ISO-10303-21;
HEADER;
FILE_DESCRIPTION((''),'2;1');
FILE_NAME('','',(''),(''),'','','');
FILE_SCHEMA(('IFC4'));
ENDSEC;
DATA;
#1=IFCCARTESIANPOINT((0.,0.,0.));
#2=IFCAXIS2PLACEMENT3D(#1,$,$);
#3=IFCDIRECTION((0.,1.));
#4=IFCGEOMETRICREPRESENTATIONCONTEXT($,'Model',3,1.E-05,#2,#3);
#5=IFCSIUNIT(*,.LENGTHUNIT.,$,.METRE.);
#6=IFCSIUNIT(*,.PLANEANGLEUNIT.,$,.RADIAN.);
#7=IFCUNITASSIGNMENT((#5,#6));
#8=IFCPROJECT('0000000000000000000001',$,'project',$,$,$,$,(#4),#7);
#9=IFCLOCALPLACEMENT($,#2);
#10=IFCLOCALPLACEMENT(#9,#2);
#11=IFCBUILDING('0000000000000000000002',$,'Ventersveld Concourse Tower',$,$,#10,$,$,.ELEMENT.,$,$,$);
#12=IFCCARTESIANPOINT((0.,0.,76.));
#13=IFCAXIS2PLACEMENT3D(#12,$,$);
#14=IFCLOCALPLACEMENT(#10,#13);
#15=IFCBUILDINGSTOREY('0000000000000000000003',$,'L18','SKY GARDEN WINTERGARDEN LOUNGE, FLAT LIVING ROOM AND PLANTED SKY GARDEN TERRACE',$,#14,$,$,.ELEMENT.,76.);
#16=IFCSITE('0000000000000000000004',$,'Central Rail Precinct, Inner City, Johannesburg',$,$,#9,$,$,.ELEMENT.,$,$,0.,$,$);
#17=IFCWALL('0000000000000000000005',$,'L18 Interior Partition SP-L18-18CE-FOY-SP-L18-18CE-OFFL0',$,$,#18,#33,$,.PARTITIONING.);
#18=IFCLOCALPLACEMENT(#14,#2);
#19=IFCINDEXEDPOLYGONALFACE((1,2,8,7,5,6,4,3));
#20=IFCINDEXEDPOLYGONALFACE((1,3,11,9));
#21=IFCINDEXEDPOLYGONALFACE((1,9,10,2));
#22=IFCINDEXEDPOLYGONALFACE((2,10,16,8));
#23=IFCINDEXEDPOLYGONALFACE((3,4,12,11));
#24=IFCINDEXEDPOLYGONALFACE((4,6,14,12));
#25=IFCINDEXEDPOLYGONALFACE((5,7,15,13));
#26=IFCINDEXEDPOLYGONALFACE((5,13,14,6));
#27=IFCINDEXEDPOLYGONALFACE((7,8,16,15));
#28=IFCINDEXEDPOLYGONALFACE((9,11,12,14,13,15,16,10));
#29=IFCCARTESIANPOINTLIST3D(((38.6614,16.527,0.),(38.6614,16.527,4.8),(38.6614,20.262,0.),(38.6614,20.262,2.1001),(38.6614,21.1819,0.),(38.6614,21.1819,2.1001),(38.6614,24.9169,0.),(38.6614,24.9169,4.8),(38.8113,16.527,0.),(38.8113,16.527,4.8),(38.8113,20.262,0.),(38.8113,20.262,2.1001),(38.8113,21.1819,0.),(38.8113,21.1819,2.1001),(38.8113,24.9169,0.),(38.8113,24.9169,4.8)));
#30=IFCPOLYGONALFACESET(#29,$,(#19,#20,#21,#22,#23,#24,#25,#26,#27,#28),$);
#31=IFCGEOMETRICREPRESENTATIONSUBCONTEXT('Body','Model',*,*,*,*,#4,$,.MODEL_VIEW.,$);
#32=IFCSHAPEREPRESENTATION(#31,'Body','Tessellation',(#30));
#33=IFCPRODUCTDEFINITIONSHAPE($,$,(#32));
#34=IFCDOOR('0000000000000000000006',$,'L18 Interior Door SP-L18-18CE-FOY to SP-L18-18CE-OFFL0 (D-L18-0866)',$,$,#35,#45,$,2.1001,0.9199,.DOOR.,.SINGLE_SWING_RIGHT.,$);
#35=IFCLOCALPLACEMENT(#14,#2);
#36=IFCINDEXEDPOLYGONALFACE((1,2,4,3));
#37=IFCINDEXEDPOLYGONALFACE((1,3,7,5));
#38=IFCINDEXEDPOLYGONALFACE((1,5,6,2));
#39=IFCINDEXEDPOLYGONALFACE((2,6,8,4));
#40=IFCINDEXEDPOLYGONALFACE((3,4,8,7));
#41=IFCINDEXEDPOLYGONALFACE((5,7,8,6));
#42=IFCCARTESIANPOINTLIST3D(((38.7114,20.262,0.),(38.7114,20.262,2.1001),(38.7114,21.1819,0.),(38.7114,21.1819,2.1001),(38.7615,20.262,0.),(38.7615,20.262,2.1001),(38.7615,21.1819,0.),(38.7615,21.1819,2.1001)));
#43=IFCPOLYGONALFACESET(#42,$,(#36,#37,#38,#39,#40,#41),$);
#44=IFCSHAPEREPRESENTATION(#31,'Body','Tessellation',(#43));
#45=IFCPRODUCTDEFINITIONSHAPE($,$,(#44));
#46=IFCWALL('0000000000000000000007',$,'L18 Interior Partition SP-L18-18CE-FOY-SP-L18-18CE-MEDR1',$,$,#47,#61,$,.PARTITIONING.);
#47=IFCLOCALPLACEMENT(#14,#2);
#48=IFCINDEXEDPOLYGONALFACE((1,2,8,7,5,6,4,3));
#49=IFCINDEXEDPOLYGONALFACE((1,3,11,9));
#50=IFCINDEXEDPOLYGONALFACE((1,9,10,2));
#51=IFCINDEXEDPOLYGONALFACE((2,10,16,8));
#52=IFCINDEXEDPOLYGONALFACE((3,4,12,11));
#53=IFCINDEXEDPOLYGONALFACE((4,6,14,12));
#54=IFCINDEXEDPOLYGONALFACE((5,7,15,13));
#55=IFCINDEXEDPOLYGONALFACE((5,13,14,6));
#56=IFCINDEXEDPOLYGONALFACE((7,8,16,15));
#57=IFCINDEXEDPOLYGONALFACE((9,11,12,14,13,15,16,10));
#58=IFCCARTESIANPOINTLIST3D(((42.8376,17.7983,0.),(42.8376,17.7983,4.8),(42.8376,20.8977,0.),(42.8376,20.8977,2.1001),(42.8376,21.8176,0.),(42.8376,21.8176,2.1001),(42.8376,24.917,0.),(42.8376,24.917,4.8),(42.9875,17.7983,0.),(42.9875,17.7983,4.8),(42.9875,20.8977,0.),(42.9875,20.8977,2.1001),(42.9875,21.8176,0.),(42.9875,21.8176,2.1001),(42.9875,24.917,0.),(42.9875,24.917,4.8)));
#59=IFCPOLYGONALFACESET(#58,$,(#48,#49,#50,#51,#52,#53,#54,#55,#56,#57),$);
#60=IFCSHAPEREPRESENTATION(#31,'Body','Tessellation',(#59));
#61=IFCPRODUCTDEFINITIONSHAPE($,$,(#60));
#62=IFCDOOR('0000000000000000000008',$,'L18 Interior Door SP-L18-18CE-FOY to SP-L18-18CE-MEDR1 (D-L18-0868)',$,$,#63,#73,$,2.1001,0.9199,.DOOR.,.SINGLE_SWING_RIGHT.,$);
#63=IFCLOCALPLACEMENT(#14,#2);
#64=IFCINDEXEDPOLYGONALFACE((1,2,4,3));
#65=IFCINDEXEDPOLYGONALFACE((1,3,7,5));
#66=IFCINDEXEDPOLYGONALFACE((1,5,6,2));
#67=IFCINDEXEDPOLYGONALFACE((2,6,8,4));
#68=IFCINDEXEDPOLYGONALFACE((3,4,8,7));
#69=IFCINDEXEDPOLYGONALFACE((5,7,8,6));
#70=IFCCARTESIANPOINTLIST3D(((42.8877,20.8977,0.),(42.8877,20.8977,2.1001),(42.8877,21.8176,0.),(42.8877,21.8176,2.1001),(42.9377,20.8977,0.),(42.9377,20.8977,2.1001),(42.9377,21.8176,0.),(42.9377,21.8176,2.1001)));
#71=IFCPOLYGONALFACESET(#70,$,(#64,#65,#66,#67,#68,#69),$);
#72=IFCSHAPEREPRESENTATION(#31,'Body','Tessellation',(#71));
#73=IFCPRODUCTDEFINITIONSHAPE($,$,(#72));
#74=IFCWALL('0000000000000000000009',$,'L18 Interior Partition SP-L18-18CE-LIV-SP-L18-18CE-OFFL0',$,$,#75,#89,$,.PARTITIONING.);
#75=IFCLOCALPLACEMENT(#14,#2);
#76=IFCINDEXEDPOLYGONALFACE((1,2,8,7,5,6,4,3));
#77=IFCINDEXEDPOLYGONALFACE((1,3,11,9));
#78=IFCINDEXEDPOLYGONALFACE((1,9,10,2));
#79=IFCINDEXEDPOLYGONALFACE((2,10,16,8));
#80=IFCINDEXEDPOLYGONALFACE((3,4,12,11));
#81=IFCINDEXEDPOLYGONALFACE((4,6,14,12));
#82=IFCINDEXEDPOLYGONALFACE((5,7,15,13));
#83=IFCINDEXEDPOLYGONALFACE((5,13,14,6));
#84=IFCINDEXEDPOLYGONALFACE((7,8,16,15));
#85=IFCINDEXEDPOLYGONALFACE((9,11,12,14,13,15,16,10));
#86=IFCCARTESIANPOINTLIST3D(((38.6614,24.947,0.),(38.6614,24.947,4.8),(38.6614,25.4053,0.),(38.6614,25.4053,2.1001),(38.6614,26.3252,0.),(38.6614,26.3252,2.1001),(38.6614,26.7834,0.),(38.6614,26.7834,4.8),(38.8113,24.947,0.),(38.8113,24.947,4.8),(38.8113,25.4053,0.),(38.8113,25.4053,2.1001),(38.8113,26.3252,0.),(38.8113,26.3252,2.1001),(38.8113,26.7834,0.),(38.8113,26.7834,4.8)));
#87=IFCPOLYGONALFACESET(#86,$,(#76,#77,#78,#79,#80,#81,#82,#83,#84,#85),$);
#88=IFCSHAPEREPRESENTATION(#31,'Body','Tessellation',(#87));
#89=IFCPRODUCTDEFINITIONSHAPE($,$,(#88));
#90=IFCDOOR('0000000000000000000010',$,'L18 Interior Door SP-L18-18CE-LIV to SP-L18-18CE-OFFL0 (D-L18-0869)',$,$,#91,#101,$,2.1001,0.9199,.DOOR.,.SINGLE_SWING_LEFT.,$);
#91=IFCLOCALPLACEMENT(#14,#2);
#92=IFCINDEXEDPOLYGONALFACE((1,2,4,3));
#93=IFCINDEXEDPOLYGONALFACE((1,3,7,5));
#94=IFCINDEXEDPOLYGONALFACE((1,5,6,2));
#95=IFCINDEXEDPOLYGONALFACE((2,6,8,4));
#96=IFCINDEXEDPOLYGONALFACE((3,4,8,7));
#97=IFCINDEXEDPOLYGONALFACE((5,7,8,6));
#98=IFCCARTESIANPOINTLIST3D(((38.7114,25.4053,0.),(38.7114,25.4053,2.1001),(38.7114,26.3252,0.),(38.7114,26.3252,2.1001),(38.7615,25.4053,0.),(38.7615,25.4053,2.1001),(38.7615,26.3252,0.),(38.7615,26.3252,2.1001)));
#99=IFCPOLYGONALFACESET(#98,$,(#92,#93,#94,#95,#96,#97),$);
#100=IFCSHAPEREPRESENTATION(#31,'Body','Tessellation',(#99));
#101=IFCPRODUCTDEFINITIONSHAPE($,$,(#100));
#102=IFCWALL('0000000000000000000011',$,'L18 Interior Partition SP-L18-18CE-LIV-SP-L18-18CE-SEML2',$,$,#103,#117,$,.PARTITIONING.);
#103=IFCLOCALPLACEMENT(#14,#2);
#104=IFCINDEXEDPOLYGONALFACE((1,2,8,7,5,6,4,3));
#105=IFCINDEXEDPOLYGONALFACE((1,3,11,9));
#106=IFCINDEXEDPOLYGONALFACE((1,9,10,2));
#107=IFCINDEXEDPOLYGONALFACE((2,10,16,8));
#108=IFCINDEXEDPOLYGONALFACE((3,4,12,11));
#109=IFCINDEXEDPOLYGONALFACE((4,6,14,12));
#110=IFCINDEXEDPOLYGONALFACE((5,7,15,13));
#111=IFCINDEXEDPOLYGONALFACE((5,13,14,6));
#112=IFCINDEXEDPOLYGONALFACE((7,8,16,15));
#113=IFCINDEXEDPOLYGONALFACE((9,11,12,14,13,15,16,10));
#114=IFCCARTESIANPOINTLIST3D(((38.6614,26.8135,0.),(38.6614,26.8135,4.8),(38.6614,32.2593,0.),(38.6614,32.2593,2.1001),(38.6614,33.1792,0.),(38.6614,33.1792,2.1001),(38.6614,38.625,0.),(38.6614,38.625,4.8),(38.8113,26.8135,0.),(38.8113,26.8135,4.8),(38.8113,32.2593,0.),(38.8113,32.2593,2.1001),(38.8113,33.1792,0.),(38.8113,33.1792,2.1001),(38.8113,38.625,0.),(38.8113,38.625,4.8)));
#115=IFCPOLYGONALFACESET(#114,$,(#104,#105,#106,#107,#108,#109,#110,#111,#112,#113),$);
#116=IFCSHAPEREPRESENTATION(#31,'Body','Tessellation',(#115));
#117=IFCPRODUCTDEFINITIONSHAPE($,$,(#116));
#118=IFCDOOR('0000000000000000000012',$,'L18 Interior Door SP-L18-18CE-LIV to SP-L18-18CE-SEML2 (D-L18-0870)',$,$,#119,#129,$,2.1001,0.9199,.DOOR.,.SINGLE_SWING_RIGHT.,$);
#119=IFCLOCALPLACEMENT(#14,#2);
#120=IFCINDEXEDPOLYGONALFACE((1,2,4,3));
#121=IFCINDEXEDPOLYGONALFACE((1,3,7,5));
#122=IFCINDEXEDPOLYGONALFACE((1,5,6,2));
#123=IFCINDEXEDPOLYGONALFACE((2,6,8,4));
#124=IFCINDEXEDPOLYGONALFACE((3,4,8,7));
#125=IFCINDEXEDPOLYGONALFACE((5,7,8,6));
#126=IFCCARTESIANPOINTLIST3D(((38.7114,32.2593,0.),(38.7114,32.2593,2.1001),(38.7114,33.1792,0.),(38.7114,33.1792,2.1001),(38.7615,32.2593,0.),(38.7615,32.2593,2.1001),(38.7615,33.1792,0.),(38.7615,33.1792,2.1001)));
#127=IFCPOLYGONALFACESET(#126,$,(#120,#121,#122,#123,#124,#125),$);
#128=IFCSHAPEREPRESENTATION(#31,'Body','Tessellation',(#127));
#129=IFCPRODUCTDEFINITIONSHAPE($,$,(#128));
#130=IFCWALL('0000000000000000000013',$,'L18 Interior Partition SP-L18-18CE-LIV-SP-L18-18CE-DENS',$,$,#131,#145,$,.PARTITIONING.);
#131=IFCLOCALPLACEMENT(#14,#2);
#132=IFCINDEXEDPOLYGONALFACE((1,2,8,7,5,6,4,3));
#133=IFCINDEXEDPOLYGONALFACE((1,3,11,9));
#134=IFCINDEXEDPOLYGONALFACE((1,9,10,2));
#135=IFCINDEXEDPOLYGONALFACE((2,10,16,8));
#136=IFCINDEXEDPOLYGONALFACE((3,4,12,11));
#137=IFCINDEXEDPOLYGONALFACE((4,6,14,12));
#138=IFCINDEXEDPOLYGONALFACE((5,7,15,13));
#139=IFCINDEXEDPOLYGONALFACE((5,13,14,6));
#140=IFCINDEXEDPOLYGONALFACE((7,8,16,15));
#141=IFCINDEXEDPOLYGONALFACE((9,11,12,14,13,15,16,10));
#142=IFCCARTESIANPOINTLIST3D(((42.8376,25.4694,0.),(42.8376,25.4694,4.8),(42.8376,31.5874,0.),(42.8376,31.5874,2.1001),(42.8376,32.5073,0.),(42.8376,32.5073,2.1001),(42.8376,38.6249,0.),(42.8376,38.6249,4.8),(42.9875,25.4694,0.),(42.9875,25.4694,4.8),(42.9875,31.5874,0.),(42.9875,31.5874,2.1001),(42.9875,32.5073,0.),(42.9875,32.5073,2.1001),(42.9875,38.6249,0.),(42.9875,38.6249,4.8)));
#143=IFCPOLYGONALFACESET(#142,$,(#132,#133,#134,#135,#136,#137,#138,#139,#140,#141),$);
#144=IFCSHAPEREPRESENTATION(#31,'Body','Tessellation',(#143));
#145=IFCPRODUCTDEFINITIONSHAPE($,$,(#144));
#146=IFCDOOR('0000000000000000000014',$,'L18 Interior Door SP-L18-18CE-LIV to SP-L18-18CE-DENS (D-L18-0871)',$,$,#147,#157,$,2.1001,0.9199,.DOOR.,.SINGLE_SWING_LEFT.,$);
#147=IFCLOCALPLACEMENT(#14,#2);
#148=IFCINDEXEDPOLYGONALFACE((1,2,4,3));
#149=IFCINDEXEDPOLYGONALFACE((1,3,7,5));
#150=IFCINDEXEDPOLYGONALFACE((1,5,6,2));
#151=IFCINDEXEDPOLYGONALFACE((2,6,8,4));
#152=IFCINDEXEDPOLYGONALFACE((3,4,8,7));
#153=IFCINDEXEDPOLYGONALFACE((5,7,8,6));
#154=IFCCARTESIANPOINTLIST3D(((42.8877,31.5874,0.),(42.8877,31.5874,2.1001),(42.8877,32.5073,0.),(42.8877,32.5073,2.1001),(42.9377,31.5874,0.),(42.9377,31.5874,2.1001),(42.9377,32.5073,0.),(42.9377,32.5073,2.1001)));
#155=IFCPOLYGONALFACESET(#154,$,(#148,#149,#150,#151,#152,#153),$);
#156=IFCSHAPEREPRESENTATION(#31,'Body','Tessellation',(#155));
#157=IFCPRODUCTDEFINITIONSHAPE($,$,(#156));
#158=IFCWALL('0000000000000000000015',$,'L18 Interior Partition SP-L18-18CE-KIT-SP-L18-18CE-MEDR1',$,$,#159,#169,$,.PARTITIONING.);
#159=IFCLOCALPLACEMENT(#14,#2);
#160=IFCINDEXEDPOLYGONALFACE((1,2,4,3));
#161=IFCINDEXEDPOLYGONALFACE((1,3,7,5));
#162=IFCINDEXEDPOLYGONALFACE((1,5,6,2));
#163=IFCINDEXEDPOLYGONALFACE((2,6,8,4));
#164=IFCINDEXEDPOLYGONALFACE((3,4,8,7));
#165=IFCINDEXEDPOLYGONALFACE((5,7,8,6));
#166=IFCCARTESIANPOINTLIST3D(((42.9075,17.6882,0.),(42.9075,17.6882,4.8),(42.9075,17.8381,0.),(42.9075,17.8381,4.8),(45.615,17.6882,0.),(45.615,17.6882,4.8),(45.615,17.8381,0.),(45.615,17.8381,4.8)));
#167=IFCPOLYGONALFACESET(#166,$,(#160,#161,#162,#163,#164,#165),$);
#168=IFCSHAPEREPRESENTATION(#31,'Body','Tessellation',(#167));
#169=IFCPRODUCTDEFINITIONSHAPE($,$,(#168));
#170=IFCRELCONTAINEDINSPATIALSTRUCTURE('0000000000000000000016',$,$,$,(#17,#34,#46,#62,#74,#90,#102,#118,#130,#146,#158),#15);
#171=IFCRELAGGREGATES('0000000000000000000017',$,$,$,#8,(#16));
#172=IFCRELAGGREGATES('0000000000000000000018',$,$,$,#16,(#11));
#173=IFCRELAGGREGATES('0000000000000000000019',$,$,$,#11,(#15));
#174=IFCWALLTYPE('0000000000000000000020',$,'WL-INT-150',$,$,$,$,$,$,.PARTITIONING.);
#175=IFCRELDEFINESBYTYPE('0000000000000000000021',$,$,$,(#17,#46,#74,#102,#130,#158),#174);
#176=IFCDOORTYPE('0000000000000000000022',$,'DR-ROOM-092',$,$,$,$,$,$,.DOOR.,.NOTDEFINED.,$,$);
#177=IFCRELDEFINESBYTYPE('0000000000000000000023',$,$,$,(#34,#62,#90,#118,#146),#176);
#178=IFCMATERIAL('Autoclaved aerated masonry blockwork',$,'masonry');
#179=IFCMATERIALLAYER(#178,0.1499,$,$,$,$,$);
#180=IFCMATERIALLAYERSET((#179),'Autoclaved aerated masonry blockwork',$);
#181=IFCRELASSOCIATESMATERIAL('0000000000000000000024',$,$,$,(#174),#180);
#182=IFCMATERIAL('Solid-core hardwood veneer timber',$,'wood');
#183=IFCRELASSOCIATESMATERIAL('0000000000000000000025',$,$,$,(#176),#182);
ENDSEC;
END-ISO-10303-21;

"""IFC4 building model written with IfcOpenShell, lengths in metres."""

from ifc_helpers import new_model, si_unit, direction, frame, frame_2d, origin, place, context, subcontext, project, spatial, rectangle, extrude, material, layer, layer_set, type_object, element, fill, save


model = new_model("IFC4")

# Units and contexts
model_context = context("Model", 3, precision=1e-05, world=origin(), true_north=direction((0.0, 1.0)))
body_context = subcontext(model_context, "Body", "Model", "MODEL_VIEW")
ifc_project = project(units=[si_unit("LENGTHUNIT", "METRE"), si_unit("PLANEANGLEUNIT", "RADIAN")], contexts=[model_context])

# Site, building, storey
site_placement = place(None, origin())
site = spatial("IfcSite", under=ifc_project, at=site_placement, Name="Central Rail Precinct, Inner City, Johannesburg", CompositionType="ELEMENT", RefElevation=0.0)
building_placement = place(site_placement, origin())
building = spatial("IfcBuilding", under=site, at=building_placement, Name="Ventersveld Concourse Tower", CompositionType="ELEMENT")
storey_placement = place(building_placement, frame((0.0, 0.0, 76.0)))
storey = spatial("IfcBuildingStorey", under=building, at=storey_placement, Name="L18", Description="SKY GARDEN WINTERGARDEN LOUNGE, FLAT LIVING ROOM AND PLANTED SKY GARDEN TERRACE", CompositionType="ELEMENT", Elevation=76.0)

# Walls, openings, doors
ifc_material_1 = material(Name="Autoclaved aerated masonry blockwork", Category="masonry")
ifc_layer_1 = layer(ifc_material_1, 0.1499)
ifc_layer_set_1 = layer_set([ifc_layer_1], Name="Autoclaved aerated masonry blockwork")
wall_type_1 = type_object("IfcWallType", Name="WL-INT-150", PredefinedType="PARTITIONING", material=ifc_layer_set_1)
ifc_material_2 = material(Name="Solid-core hardwood veneer timber", Category="wood")
door_type = type_object("IfcDoorType", Name="DR-ROOM-092", OperationType="NOTDEFINED", PredefinedType="DOOR", material=ifc_material_2)
wall_1_placement = place(storey_placement, frame((38.7363, 16.5271, 0.0), z_axis=(0.0, 0.0, 1.0), x_axis=(0.0, 1.0, 0.0)))
wall_1 = element("IfcWall", 1, at=wall_1_placement, inside=storey, type_object=wall_type_1, Name="L18 Interior Partition SP-L18-18CE-FOY-SP-L18-18CE-OFFL0", PredefinedType="PARTITIONING", context=body_context, shape_type="SweptSolid", body=[
    extrude(rectangle(XDim=8.3899, YDim=0.1499, at=frame_2d((4.1948, 0.0))), origin(), (0.0, 0.0, 1.0), 4.8),
])
opening_1_placement = place(wall_1_placement, frame((3.7349, 0.0, 0.0)))
opening_1 = element("IfcOpeningElement", 2, at=opening_1_placement, cuts=wall_1, PredefinedType="OPENING", context=body_context, shape_type="SweptSolid", body=[
    extrude(rectangle(XDim=0.9199, YDim=2.1001, at=frame_2d((0.46, 1.05))), frame((0.0, 0.085, 0.0), z_axis=(0.0, -1.0, 0.0), x_axis=(1.0, 0.0, 0.0)), (0.0, 0.0, 1.0), 0.1699),
])
door_1_placement = place(opening_1_placement, origin())
door_1 = element("IfcDoor", 3, at=door_1_placement, inside=storey, type_object=door_type, Name="L18 Interior Door SP-L18-18CE-FOY to SP-L18-18CE-OFFL0 (D-L18-0866)", OperationType="SINGLE_SWING_RIGHT", OverallHeight=2.1001, OverallWidth=0.9199, PredefinedType="DOOR", context=body_context, shape_type="SweptSolid", body=[
    extrude(rectangle(XDim=0.9199, YDim=2.1001, at=frame_2d((0.46, 1.05))), frame((0.0, 0.0249, 0.0), z_axis=(0.0, -1.0, 0.0), x_axis=(1.0, 0.0, 0.0)), (0.0, 0.0, 1.0), 0.05),
])
fill(opening_1, door_1)
wall_2_placement = place(storey_placement, frame((42.9126, 17.7983, 0.0), z_axis=(0.0, 0.0, 1.0), x_axis=(0.0, 1.0, 0.0)))
wall_2 = element("IfcWall", 4, at=wall_2_placement, inside=storey, type_object=wall_type_1, Name="L18 Interior Partition SP-L18-18CE-FOY-SP-L18-18CE-MEDR1", PredefinedType="PARTITIONING", context=body_context, shape_type="SweptSolid", body=[
    extrude(rectangle(XDim=7.1187, YDim=0.1499, at=frame_2d((3.5593, 0.0))), origin(), (0.0, 0.0, 1.0), 4.8),
])
opening_2_placement = place(wall_2_placement, frame((3.0994, 0.0, 0.0)))
opening_2 = element("IfcOpeningElement", 5, at=opening_2_placement, cuts=wall_2, PredefinedType="OPENING", context=body_context, shape_type="SweptSolid", body=[
    extrude(rectangle(XDim=0.9199, YDim=2.1001, at=frame_2d((0.46, 1.05))), frame((0.0, 0.085, 0.0), z_axis=(0.0, -1.0, 0.0), x_axis=(1.0, 0.0, 0.0)), (0.0, 0.0, 1.0), 0.1699),
])
door_2_placement = place(opening_2_placement, origin())
door_2 = element("IfcDoor", 6, at=door_2_placement, inside=storey, type_object=door_type, Name="L18 Interior Door SP-L18-18CE-FOY to SP-L18-18CE-MEDR1 (D-L18-0868)", OperationType="SINGLE_SWING_RIGHT", OverallHeight=2.1001, OverallWidth=0.9199, PredefinedType="DOOR", context=body_context, shape_type="SweptSolid", body=[
    extrude(rectangle(XDim=0.9199, YDim=2.1001, at=frame_2d((0.46, 1.05))), frame((0.0, 0.0249, 0.0), z_axis=(0.0, -1.0, 0.0), x_axis=(1.0, 0.0, 0.0)), (0.0, 0.0, 1.0), 0.05),
])
fill(opening_2, door_2)
wall_3_placement = place(storey_placement, frame((38.7363, 24.947, 0.0), z_axis=(0.0, 0.0, 1.0), x_axis=(0.0, 1.0, 0.0)))
wall_3 = element("IfcWall", 7, at=wall_3_placement, inside=storey, type_object=wall_type_1, Name="L18 Interior Partition SP-L18-18CE-LIV-SP-L18-18CE-OFFL0", PredefinedType="PARTITIONING", context=body_context, shape_type="SweptSolid", body=[
    extrude(rectangle(XDim=1.8364, YDim=0.1499, at=frame_2d((0.9182, 0.0))), origin(), (0.0, 0.0, 1.0), 4.8),
])
opening_3_placement = place(wall_3_placement, frame((0.4583, 0.0, 0.0)))
opening_3 = element("IfcOpeningElement", 8, at=opening_3_placement, cuts=wall_3, PredefinedType="OPENING", context=body_context, shape_type="SweptSolid", body=[
    extrude(rectangle(XDim=0.9199, YDim=2.1001, at=frame_2d((0.46, 1.05))), frame((0.0, 0.085, 0.0), z_axis=(0.0, -1.0, 0.0), x_axis=(1.0, 0.0, 0.0)), (0.0, 0.0, 1.0), 0.1699),
])
door_3_placement = place(opening_3_placement, origin())
door_3 = element("IfcDoor", 9, at=door_3_placement, inside=storey, type_object=door_type, Name="L18 Interior Door SP-L18-18CE-LIV to SP-L18-18CE-OFFL0 (D-L18-0869)", OperationType="SINGLE_SWING_LEFT", OverallHeight=2.1001, OverallWidth=0.9199, PredefinedType="DOOR", context=body_context, shape_type="SweptSolid", body=[
    extrude(rectangle(XDim=0.9199, YDim=2.1001, at=frame_2d((0.46, 1.05))), frame((0.0, 0.0249, 0.0), z_axis=(0.0, -1.0, 0.0), x_axis=(1.0, 0.0, 0.0)), (0.0, 0.0, 1.0), 0.05),
])
fill(opening_3, door_3)
wall_4_placement = place(storey_placement, frame((38.7363, 26.8135, 0.0), z_axis=(0.0, 0.0, 1.0), x_axis=(0.0, 1.0, 0.0)))
wall_4 = element("IfcWall", 10, at=wall_4_placement, inside=storey, type_object=wall_type_1, Name="L18 Interior Partition SP-L18-18CE-LIV-SP-L18-18CE-SEML2", PredefinedType="PARTITIONING", context=body_context, shape_type="SweptSolid", body=[
    extrude(rectangle(XDim=11.8115, YDim=0.1499, at=frame_2d((5.9058, 0.0))), origin(), (0.0, 0.0, 1.0), 4.8),
])
opening_4_placement = place(wall_4_placement, frame((5.4458, 0.0, 0.0)))
opening_4 = element("IfcOpeningElement", 11, at=opening_4_placement, cuts=wall_4, PredefinedType="OPENING", context=body_context, shape_type="SweptSolid", body=[
    extrude(rectangle(XDim=0.9199, YDim=2.1001, at=frame_2d((0.46, 1.05))), frame((0.0, 0.085, 0.0), z_axis=(0.0, -1.0, 0.0), x_axis=(1.0, 0.0, 0.0)), (0.0, 0.0, 1.0), 0.1699),
])
door_4_placement = place(opening_4_placement, origin())
door_4 = element("IfcDoor", 12, at=door_4_placement, inside=storey, type_object=door_type, Name="L18 Interior Door SP-L18-18CE-LIV to SP-L18-18CE-SEML2 (D-L18-0870)", OperationType="SINGLE_SWING_RIGHT", OverallHeight=2.1001, OverallWidth=0.9199, PredefinedType="DOOR", context=body_context, shape_type="SweptSolid", body=[
    extrude(rectangle(XDim=0.9199, YDim=2.1001, at=frame_2d((0.46, 1.05))), frame((0.0, 0.0249, 0.0), z_axis=(0.0, -1.0, 0.0), x_axis=(1.0, 0.0, 0.0)), (0.0, 0.0, 1.0), 0.05),
])
fill(opening_4, door_4)
wall_5_placement = place(storey_placement, frame((42.9126, 25.4695, 0.0), z_axis=(0.0, 0.0, 1.0), x_axis=(0.0, 1.0, 0.0)))
wall_5 = element("IfcWall", 13, at=wall_5_placement, inside=storey, type_object=wall_type_1, Name="L18 Interior Partition SP-L18-18CE-LIV-SP-L18-18CE-DENS", PredefinedType="PARTITIONING", context=body_context, shape_type="SweptSolid", body=[
    extrude(rectangle(XDim=13.1555, YDim=0.1499, at=frame_2d((6.5776, 0.0))), origin(), (0.0, 0.0, 1.0), 4.8),
])
opening_5_placement = place(wall_5_placement, frame((6.1179, 0.0, 0.0)))
opening_5 = element("IfcOpeningElement", 14, at=opening_5_placement, cuts=wall_5, PredefinedType="OPENING", context=body_context, shape_type="SweptSolid", body=[
    extrude(rectangle(XDim=0.9199, YDim=2.1001, at=frame_2d((0.46, 1.05))), frame((0.0, 0.085, 0.0), z_axis=(0.0, -1.0, 0.0), x_axis=(1.0, 0.0, 0.0)), (0.0, 0.0, 1.0), 0.1699),
])
door_5_placement = place(opening_5_placement, origin())
door_5 = element("IfcDoor", 15, at=door_5_placement, inside=storey, type_object=door_type, Name="L18 Interior Door SP-L18-18CE-LIV to SP-L18-18CE-DENS (D-L18-0871)", OperationType="SINGLE_SWING_LEFT", OverallHeight=2.1001, OverallWidth=0.9199, PredefinedType="DOOR", context=body_context, shape_type="SweptSolid", body=[
    extrude(rectangle(XDim=0.9199, YDim=2.1001, at=frame_2d((0.46, 1.05))), frame((0.0, 0.0249, 0.0), z_axis=(0.0, -1.0, 0.0), x_axis=(1.0, 0.0, 0.0)), (0.0, 0.0, 1.0), 0.05),
])
fill(opening_5, door_5)

# Wall
for number, where, z_axis, x_axis, name in (
    (16, (42.9075, 17.7632, 0.0), (0.0, 0.0, 1.0), (1.0, 0.0, 0.0), "L18 Interior Partition SP-L18-18CE-KIT-SP-L18-18CE-MEDR1"),
):
    element("IfcWall", number, at=place(storey_placement, frame(where, z_axis=z_axis, x_axis=x_axis)), inside=storey, type_object=wall_type_1, Name=name, PredefinedType="PARTITIONING", context=body_context, shape_type="SweptSolid", body=[
        extrude(rectangle(XDim=2.7075, YDim=0.1499, at=frame_2d((1.3538, 0.0))), origin(), (0.0, 0.0, 1.0), 4.8),
    ])

save(model, "model.ifc")
